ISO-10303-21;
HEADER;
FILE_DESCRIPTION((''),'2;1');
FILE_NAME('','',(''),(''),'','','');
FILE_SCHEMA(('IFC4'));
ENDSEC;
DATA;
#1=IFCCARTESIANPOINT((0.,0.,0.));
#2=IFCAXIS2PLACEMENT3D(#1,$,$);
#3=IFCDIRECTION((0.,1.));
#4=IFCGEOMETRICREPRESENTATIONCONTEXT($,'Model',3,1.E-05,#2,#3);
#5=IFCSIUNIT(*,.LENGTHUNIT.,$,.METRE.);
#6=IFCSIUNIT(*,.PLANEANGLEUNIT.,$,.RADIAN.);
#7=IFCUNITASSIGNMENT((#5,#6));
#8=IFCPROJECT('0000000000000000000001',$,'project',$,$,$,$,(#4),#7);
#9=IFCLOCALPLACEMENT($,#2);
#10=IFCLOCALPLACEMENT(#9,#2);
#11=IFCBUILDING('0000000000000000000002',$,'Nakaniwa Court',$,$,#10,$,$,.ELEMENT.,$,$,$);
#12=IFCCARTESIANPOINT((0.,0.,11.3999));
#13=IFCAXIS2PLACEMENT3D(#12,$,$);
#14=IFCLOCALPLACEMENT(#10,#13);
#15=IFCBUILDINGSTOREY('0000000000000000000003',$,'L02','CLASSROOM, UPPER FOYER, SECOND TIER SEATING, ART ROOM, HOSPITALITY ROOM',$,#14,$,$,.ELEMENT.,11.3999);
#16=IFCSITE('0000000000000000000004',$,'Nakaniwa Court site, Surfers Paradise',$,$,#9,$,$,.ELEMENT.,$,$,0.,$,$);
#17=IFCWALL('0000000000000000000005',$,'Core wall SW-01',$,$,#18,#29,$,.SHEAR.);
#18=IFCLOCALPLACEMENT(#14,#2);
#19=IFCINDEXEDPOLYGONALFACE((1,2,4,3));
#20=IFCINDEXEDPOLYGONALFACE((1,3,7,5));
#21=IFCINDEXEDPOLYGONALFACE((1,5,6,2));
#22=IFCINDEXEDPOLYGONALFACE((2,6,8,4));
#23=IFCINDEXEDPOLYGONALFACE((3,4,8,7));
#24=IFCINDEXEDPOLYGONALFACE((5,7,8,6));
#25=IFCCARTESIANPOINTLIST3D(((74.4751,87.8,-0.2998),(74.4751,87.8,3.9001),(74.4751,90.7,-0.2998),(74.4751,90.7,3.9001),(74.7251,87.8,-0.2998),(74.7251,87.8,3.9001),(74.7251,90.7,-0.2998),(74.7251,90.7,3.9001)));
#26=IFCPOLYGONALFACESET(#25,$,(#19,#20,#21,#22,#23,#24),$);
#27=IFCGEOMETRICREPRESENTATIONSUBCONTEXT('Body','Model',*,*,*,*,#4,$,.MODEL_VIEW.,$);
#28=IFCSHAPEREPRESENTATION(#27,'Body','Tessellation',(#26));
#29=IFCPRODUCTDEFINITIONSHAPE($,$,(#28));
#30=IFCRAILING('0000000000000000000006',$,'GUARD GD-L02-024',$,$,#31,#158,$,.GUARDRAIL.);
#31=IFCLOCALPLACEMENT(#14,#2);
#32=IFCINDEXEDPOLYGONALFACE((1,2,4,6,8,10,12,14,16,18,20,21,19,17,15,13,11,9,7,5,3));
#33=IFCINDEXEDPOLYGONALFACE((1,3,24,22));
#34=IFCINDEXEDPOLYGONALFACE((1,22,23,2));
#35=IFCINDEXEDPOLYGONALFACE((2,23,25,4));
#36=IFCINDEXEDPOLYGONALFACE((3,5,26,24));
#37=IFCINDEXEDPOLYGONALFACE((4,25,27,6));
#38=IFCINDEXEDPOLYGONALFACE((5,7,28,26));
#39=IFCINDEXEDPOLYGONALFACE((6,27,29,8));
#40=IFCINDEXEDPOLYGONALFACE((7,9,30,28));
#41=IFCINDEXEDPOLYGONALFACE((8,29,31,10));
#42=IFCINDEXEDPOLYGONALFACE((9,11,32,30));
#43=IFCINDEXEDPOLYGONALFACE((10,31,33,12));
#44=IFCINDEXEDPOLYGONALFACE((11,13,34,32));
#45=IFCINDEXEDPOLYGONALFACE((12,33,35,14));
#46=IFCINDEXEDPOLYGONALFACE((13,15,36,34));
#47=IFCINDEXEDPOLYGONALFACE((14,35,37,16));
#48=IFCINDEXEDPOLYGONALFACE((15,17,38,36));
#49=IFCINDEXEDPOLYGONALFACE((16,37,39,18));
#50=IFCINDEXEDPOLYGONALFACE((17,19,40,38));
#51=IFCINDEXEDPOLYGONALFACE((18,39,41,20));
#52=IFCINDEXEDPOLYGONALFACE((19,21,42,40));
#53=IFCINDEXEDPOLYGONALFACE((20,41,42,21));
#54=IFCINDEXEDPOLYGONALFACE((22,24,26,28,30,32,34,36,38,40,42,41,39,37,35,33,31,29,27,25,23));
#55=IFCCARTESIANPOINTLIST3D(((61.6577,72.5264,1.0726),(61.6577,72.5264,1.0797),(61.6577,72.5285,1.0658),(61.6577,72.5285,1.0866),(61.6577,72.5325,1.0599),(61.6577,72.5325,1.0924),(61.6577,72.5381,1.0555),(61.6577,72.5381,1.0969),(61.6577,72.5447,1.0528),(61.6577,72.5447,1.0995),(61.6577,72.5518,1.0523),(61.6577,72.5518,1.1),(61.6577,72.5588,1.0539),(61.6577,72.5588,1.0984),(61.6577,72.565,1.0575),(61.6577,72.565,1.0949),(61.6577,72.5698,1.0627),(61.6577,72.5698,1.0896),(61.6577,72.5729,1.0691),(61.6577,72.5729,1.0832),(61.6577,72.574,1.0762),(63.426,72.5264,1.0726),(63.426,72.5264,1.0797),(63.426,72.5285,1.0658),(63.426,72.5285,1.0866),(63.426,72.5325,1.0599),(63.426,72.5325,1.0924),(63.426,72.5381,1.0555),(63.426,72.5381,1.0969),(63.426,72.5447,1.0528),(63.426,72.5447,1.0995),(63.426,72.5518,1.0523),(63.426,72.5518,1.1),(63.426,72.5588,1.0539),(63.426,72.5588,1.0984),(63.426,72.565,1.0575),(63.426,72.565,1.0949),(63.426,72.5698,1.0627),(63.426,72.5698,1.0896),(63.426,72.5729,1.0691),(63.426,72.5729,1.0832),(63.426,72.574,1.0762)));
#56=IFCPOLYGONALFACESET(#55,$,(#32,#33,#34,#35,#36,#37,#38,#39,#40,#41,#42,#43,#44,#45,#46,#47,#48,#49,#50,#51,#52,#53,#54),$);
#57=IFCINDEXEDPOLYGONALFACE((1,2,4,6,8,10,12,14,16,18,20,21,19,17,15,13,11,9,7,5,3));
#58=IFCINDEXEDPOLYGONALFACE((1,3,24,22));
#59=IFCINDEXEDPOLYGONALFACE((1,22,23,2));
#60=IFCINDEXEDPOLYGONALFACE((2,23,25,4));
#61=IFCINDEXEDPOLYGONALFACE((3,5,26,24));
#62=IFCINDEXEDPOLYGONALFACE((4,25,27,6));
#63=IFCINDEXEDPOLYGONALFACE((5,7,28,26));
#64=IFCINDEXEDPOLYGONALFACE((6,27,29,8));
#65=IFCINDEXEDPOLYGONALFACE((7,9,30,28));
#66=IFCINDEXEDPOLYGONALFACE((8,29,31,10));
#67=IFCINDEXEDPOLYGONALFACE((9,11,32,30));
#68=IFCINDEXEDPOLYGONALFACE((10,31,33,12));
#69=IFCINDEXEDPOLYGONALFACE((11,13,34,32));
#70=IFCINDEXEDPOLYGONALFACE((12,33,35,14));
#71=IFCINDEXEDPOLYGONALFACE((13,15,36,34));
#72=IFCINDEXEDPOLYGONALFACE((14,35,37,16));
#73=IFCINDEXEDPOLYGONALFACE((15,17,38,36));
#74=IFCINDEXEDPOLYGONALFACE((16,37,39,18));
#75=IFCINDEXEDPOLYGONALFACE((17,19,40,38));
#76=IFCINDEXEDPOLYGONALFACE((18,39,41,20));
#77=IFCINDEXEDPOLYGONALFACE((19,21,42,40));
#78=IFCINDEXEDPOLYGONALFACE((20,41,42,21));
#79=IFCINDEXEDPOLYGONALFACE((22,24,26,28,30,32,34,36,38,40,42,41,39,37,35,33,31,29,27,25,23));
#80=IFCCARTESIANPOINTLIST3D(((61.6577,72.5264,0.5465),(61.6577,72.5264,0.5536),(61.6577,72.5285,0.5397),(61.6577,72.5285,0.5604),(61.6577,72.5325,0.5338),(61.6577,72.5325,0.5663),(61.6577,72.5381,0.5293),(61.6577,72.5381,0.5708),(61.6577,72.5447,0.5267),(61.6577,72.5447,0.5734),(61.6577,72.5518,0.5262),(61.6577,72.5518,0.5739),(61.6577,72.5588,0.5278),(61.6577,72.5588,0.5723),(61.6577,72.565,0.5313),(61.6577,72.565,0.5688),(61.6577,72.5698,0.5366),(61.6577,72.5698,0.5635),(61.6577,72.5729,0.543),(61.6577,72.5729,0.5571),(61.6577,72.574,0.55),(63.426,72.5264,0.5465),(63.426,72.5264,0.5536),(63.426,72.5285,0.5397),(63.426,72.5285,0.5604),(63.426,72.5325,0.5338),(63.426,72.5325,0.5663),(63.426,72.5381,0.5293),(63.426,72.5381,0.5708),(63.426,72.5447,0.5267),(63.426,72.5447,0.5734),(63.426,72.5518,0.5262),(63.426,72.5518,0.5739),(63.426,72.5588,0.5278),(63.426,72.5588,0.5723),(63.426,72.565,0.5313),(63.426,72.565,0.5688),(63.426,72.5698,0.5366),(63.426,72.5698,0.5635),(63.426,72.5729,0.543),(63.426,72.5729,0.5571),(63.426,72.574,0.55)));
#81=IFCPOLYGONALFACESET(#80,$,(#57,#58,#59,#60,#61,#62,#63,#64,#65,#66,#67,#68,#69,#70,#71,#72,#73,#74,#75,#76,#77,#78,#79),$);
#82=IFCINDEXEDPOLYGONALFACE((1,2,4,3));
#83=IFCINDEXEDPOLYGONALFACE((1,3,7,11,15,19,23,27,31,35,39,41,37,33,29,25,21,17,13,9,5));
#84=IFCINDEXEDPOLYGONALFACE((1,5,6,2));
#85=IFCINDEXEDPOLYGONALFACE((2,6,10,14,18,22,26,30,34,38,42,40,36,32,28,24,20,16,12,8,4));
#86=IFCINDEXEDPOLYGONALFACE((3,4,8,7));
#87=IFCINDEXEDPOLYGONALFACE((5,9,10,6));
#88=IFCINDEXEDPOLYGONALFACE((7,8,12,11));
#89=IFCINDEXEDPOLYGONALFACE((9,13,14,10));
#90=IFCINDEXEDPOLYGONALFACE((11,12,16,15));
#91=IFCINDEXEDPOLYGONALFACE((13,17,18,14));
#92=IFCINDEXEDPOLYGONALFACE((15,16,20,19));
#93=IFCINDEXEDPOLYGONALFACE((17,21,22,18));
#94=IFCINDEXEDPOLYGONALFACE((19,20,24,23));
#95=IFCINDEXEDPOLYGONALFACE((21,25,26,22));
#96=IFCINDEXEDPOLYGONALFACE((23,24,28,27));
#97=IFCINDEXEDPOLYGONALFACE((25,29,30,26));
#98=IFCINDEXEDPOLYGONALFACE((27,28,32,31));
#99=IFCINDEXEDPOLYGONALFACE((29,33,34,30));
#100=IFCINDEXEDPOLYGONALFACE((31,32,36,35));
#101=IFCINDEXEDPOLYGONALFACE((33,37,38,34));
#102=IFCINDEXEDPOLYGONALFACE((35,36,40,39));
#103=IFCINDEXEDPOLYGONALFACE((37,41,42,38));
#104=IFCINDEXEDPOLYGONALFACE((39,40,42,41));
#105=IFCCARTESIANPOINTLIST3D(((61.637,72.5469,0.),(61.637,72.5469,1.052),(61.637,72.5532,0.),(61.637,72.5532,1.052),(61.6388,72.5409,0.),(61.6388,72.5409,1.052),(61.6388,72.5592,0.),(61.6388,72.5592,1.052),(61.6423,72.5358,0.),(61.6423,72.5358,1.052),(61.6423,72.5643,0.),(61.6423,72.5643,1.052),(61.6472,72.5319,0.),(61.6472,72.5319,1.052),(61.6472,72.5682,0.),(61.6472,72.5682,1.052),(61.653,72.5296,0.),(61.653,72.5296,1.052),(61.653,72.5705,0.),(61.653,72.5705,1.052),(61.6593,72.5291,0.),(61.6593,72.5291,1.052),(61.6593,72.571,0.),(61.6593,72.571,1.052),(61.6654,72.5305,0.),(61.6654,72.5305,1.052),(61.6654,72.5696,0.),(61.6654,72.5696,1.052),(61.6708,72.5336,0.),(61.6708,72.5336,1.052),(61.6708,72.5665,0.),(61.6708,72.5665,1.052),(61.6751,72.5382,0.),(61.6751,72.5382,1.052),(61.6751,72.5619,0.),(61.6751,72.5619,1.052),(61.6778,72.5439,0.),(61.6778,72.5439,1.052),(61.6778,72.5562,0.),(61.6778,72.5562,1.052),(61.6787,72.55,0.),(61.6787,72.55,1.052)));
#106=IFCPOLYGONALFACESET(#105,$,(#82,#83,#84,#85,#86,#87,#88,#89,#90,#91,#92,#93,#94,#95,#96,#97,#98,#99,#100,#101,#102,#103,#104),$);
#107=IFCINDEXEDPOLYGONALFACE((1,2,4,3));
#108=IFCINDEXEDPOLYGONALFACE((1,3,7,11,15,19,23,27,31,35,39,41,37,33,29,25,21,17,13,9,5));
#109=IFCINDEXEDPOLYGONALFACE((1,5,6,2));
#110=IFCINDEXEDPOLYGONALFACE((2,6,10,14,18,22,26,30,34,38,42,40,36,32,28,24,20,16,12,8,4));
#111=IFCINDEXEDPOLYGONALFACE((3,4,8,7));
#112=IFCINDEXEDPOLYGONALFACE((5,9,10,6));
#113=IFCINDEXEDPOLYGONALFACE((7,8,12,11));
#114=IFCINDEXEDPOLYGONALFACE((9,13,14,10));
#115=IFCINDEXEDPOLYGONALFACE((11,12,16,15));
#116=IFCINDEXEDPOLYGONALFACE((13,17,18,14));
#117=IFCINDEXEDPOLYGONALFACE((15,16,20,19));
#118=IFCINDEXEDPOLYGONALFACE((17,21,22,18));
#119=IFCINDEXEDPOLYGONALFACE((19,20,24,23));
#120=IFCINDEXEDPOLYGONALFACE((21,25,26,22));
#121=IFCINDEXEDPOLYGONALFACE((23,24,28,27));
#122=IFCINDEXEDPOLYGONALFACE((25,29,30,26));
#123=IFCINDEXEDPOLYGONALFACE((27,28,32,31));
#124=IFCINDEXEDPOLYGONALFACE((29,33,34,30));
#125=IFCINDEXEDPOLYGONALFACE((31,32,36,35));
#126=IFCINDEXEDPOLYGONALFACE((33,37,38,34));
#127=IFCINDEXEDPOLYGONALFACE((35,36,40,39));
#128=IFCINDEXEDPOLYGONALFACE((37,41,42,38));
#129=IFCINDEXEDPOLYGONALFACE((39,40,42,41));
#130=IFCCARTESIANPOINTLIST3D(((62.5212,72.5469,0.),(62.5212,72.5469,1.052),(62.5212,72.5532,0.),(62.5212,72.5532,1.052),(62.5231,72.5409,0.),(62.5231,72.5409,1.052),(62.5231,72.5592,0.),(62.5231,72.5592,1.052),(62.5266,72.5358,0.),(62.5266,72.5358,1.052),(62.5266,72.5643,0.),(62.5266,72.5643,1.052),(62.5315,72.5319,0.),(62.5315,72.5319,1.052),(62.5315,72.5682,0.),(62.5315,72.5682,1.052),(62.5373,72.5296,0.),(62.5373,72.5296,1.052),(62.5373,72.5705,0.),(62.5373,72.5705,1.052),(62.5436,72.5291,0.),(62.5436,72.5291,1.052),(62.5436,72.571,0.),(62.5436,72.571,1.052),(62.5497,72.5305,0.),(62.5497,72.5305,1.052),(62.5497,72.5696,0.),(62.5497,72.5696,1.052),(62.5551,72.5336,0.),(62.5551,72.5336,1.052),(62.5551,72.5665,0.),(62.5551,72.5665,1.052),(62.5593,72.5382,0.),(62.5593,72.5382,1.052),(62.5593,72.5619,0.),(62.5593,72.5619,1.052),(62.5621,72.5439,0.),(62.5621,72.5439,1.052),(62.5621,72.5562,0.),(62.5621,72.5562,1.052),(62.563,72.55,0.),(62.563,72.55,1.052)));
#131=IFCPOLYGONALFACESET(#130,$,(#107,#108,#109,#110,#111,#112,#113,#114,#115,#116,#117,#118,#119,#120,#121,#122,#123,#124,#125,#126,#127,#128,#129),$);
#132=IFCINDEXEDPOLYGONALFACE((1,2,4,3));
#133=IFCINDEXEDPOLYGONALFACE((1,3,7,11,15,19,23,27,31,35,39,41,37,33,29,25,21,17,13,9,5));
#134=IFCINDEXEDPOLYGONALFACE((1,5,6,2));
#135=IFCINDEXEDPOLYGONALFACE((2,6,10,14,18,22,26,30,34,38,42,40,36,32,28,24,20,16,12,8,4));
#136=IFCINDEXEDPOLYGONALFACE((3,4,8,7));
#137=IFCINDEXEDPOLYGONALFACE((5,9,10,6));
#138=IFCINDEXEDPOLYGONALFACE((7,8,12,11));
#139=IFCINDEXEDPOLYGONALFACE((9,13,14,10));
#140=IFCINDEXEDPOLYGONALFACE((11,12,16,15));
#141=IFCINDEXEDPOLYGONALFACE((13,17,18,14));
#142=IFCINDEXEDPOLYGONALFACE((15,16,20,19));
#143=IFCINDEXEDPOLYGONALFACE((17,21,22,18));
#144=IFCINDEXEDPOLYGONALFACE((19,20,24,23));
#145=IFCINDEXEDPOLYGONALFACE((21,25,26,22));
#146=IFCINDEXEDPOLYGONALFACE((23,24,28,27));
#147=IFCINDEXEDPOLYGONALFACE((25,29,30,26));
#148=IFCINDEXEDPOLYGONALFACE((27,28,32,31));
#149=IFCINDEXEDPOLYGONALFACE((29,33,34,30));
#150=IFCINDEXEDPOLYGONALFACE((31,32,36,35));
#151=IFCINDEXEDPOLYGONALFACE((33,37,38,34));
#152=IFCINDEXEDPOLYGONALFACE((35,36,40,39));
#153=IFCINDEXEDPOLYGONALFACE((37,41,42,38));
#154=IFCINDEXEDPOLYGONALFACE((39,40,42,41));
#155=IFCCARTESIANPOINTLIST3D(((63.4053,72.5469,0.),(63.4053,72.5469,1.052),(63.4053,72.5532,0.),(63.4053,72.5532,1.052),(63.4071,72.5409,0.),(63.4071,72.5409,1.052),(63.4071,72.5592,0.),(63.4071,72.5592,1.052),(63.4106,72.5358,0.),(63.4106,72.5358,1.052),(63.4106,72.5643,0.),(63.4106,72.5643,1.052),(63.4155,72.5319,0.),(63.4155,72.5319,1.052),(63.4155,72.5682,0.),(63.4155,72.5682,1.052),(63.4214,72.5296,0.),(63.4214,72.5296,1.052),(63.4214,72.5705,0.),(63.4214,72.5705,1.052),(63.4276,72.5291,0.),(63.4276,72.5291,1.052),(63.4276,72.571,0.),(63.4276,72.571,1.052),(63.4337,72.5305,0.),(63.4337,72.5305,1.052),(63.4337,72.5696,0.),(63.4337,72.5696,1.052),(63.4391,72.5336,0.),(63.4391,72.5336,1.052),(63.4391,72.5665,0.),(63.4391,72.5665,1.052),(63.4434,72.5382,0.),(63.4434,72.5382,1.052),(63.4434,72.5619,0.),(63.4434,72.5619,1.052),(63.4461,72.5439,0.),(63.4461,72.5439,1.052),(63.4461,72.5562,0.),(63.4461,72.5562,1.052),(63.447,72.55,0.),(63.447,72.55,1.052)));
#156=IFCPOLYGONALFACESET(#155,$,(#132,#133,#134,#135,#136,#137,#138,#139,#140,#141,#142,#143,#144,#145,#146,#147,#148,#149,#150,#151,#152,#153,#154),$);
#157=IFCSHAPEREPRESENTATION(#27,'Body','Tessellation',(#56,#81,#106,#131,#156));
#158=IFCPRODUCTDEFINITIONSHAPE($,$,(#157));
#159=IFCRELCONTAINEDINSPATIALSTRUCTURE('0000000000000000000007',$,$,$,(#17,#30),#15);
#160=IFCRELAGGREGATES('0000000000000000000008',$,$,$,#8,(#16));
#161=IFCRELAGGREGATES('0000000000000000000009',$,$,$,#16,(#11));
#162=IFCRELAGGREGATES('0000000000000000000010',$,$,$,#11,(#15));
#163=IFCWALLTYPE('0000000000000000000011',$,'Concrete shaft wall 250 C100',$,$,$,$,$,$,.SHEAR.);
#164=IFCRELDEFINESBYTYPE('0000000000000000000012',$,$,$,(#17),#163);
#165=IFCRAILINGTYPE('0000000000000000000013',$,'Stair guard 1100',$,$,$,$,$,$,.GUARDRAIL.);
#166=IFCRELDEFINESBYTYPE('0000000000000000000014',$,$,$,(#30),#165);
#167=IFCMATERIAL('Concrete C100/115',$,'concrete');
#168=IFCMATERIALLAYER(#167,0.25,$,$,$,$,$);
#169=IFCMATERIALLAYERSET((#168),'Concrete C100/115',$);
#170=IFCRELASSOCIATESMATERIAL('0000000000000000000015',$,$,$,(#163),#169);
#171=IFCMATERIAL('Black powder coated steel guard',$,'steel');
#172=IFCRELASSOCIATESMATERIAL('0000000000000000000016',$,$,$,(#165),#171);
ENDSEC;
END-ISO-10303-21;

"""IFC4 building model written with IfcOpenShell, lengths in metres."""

from ifc_helpers import new_model, si_unit, direction, frame, frame_2d, origin, origin_2d, place, context, subcontext, project, spatial, rectangle, circle, extrude, material, layer, layer_set, type_object, element, save


model = new_model("IFC4")

# Units and contexts
model_context = context("Model", 3, precision=1e-05, world=origin(), true_north=direction((0.0, 1.0)))
body_context = subcontext(model_context, "Body", "Model", "MODEL_VIEW")
ifc_project = project(units=[si_unit("LENGTHUNIT", "METRE"), si_unit("PLANEANGLEUNIT", "RADIAN")], contexts=[model_context])

# Site, building, storey
site_placement = place(None, origin())
site = spatial("IfcSite", under=ifc_project, at=site_placement, Name="Nakaniwa Court site, Surfers Paradise", CompositionType="ELEMENT", RefElevation=0.0)
building_placement = place(site_placement, origin())
building = spatial("IfcBuilding", under=site, at=building_placement, Name="Nakaniwa Court", CompositionType="ELEMENT")
storey_placement = place(building_placement, frame((0.0, 0.0, 11.3999)))
storey = spatial("IfcBuildingStorey", under=building, at=storey_placement, Name="L02", Description="CLASSROOM, UPPER FOYER, SECOND TIER SEATING, ART ROOM, HOSPITALITY ROOM", CompositionType="ELEMENT", Elevation=11.3999)

# Shared definitions
ifc_material_1 = material(Name="Concrete C100/115", Category="concrete")

# Wall
ifc_layer_1 = layer(ifc_material_1, 0.25)
ifc_layer_set_1 = layer_set([ifc_layer_1], Name="Concrete C100/115")
wall_type_1 = type_object("IfcWallType", Name="Concrete shaft wall 250 C100", PredefinedType="SHEAR", material=ifc_layer_set_1)
wall_1_placement = place(storey_placement, frame((74.6001, 87.8, -0.2998), z_axis=(0.0, 0.0, 1.0), x_axis=(0.0, 1.0, 0.0)))
element("IfcWall", 1, at=wall_1_placement, inside=storey, type_object=wall_type_1, Name="Core wall SW-01", PredefinedType="SHEAR", context=body_context, shape_type="SweptSolid", body=[
    extrude(rectangle(XDim=2.8999, YDim=0.25, at=frame_2d((1.45, 0.0))), origin(), (0.0, 0.0, 1.0), 4.2),
])

# Railing
ifc_material_2 = material(Name="Black powder coated steel guard", Category="steel")
railing_type = type_object("IfcRailingType", Name="Stair guard 1100", PredefinedType="GUARDRAIL", material=ifc_material_2)
railing_1_placement = place(storey_placement, frame((61.6577, 72.55, 0.0)))
element("IfcRailing", 2, at=railing_1_placement, inside=storey, type_object=railing_type, Name="GUARD GD-L02-024", PredefinedType="GUARDRAIL", context=body_context, shape_type="SweptSolid", body=[
    extrude(circle(Radius=0.0239, at=origin_2d()), frame((0.0, 0.0, 1.0762), z_axis=(1.0, 0.0, 0.0), x_axis=(0.0, 1.0, 0.0)), (0.0, 0.0, 1.0), 1.7683),
    extrude(circle(Radius=0.0239, at=origin_2d()), frame((0.0, 0.0, 0.55), z_axis=(1.0, 0.0, 0.0), x_axis=(0.0, 1.0, 0.0)), (0.0, 0.0, 1.0), 1.7683),
    extrude(circle(Radius=0.021, at=origin_2d()), origin(), (0.0, 0.0, 1.0), 1.052),
    extrude(circle(Radius=0.021, at=origin_2d()), frame((0.8843, 0.0, 0.0)), (0.0, 0.0, 1.0), 1.052),
    extrude(circle(Radius=0.021, at=origin_2d()), frame((1.7683, 0.0, 0.0)), (0.0, 0.0, 1.0), 1.052),
])

save(model, "model.ifc")
